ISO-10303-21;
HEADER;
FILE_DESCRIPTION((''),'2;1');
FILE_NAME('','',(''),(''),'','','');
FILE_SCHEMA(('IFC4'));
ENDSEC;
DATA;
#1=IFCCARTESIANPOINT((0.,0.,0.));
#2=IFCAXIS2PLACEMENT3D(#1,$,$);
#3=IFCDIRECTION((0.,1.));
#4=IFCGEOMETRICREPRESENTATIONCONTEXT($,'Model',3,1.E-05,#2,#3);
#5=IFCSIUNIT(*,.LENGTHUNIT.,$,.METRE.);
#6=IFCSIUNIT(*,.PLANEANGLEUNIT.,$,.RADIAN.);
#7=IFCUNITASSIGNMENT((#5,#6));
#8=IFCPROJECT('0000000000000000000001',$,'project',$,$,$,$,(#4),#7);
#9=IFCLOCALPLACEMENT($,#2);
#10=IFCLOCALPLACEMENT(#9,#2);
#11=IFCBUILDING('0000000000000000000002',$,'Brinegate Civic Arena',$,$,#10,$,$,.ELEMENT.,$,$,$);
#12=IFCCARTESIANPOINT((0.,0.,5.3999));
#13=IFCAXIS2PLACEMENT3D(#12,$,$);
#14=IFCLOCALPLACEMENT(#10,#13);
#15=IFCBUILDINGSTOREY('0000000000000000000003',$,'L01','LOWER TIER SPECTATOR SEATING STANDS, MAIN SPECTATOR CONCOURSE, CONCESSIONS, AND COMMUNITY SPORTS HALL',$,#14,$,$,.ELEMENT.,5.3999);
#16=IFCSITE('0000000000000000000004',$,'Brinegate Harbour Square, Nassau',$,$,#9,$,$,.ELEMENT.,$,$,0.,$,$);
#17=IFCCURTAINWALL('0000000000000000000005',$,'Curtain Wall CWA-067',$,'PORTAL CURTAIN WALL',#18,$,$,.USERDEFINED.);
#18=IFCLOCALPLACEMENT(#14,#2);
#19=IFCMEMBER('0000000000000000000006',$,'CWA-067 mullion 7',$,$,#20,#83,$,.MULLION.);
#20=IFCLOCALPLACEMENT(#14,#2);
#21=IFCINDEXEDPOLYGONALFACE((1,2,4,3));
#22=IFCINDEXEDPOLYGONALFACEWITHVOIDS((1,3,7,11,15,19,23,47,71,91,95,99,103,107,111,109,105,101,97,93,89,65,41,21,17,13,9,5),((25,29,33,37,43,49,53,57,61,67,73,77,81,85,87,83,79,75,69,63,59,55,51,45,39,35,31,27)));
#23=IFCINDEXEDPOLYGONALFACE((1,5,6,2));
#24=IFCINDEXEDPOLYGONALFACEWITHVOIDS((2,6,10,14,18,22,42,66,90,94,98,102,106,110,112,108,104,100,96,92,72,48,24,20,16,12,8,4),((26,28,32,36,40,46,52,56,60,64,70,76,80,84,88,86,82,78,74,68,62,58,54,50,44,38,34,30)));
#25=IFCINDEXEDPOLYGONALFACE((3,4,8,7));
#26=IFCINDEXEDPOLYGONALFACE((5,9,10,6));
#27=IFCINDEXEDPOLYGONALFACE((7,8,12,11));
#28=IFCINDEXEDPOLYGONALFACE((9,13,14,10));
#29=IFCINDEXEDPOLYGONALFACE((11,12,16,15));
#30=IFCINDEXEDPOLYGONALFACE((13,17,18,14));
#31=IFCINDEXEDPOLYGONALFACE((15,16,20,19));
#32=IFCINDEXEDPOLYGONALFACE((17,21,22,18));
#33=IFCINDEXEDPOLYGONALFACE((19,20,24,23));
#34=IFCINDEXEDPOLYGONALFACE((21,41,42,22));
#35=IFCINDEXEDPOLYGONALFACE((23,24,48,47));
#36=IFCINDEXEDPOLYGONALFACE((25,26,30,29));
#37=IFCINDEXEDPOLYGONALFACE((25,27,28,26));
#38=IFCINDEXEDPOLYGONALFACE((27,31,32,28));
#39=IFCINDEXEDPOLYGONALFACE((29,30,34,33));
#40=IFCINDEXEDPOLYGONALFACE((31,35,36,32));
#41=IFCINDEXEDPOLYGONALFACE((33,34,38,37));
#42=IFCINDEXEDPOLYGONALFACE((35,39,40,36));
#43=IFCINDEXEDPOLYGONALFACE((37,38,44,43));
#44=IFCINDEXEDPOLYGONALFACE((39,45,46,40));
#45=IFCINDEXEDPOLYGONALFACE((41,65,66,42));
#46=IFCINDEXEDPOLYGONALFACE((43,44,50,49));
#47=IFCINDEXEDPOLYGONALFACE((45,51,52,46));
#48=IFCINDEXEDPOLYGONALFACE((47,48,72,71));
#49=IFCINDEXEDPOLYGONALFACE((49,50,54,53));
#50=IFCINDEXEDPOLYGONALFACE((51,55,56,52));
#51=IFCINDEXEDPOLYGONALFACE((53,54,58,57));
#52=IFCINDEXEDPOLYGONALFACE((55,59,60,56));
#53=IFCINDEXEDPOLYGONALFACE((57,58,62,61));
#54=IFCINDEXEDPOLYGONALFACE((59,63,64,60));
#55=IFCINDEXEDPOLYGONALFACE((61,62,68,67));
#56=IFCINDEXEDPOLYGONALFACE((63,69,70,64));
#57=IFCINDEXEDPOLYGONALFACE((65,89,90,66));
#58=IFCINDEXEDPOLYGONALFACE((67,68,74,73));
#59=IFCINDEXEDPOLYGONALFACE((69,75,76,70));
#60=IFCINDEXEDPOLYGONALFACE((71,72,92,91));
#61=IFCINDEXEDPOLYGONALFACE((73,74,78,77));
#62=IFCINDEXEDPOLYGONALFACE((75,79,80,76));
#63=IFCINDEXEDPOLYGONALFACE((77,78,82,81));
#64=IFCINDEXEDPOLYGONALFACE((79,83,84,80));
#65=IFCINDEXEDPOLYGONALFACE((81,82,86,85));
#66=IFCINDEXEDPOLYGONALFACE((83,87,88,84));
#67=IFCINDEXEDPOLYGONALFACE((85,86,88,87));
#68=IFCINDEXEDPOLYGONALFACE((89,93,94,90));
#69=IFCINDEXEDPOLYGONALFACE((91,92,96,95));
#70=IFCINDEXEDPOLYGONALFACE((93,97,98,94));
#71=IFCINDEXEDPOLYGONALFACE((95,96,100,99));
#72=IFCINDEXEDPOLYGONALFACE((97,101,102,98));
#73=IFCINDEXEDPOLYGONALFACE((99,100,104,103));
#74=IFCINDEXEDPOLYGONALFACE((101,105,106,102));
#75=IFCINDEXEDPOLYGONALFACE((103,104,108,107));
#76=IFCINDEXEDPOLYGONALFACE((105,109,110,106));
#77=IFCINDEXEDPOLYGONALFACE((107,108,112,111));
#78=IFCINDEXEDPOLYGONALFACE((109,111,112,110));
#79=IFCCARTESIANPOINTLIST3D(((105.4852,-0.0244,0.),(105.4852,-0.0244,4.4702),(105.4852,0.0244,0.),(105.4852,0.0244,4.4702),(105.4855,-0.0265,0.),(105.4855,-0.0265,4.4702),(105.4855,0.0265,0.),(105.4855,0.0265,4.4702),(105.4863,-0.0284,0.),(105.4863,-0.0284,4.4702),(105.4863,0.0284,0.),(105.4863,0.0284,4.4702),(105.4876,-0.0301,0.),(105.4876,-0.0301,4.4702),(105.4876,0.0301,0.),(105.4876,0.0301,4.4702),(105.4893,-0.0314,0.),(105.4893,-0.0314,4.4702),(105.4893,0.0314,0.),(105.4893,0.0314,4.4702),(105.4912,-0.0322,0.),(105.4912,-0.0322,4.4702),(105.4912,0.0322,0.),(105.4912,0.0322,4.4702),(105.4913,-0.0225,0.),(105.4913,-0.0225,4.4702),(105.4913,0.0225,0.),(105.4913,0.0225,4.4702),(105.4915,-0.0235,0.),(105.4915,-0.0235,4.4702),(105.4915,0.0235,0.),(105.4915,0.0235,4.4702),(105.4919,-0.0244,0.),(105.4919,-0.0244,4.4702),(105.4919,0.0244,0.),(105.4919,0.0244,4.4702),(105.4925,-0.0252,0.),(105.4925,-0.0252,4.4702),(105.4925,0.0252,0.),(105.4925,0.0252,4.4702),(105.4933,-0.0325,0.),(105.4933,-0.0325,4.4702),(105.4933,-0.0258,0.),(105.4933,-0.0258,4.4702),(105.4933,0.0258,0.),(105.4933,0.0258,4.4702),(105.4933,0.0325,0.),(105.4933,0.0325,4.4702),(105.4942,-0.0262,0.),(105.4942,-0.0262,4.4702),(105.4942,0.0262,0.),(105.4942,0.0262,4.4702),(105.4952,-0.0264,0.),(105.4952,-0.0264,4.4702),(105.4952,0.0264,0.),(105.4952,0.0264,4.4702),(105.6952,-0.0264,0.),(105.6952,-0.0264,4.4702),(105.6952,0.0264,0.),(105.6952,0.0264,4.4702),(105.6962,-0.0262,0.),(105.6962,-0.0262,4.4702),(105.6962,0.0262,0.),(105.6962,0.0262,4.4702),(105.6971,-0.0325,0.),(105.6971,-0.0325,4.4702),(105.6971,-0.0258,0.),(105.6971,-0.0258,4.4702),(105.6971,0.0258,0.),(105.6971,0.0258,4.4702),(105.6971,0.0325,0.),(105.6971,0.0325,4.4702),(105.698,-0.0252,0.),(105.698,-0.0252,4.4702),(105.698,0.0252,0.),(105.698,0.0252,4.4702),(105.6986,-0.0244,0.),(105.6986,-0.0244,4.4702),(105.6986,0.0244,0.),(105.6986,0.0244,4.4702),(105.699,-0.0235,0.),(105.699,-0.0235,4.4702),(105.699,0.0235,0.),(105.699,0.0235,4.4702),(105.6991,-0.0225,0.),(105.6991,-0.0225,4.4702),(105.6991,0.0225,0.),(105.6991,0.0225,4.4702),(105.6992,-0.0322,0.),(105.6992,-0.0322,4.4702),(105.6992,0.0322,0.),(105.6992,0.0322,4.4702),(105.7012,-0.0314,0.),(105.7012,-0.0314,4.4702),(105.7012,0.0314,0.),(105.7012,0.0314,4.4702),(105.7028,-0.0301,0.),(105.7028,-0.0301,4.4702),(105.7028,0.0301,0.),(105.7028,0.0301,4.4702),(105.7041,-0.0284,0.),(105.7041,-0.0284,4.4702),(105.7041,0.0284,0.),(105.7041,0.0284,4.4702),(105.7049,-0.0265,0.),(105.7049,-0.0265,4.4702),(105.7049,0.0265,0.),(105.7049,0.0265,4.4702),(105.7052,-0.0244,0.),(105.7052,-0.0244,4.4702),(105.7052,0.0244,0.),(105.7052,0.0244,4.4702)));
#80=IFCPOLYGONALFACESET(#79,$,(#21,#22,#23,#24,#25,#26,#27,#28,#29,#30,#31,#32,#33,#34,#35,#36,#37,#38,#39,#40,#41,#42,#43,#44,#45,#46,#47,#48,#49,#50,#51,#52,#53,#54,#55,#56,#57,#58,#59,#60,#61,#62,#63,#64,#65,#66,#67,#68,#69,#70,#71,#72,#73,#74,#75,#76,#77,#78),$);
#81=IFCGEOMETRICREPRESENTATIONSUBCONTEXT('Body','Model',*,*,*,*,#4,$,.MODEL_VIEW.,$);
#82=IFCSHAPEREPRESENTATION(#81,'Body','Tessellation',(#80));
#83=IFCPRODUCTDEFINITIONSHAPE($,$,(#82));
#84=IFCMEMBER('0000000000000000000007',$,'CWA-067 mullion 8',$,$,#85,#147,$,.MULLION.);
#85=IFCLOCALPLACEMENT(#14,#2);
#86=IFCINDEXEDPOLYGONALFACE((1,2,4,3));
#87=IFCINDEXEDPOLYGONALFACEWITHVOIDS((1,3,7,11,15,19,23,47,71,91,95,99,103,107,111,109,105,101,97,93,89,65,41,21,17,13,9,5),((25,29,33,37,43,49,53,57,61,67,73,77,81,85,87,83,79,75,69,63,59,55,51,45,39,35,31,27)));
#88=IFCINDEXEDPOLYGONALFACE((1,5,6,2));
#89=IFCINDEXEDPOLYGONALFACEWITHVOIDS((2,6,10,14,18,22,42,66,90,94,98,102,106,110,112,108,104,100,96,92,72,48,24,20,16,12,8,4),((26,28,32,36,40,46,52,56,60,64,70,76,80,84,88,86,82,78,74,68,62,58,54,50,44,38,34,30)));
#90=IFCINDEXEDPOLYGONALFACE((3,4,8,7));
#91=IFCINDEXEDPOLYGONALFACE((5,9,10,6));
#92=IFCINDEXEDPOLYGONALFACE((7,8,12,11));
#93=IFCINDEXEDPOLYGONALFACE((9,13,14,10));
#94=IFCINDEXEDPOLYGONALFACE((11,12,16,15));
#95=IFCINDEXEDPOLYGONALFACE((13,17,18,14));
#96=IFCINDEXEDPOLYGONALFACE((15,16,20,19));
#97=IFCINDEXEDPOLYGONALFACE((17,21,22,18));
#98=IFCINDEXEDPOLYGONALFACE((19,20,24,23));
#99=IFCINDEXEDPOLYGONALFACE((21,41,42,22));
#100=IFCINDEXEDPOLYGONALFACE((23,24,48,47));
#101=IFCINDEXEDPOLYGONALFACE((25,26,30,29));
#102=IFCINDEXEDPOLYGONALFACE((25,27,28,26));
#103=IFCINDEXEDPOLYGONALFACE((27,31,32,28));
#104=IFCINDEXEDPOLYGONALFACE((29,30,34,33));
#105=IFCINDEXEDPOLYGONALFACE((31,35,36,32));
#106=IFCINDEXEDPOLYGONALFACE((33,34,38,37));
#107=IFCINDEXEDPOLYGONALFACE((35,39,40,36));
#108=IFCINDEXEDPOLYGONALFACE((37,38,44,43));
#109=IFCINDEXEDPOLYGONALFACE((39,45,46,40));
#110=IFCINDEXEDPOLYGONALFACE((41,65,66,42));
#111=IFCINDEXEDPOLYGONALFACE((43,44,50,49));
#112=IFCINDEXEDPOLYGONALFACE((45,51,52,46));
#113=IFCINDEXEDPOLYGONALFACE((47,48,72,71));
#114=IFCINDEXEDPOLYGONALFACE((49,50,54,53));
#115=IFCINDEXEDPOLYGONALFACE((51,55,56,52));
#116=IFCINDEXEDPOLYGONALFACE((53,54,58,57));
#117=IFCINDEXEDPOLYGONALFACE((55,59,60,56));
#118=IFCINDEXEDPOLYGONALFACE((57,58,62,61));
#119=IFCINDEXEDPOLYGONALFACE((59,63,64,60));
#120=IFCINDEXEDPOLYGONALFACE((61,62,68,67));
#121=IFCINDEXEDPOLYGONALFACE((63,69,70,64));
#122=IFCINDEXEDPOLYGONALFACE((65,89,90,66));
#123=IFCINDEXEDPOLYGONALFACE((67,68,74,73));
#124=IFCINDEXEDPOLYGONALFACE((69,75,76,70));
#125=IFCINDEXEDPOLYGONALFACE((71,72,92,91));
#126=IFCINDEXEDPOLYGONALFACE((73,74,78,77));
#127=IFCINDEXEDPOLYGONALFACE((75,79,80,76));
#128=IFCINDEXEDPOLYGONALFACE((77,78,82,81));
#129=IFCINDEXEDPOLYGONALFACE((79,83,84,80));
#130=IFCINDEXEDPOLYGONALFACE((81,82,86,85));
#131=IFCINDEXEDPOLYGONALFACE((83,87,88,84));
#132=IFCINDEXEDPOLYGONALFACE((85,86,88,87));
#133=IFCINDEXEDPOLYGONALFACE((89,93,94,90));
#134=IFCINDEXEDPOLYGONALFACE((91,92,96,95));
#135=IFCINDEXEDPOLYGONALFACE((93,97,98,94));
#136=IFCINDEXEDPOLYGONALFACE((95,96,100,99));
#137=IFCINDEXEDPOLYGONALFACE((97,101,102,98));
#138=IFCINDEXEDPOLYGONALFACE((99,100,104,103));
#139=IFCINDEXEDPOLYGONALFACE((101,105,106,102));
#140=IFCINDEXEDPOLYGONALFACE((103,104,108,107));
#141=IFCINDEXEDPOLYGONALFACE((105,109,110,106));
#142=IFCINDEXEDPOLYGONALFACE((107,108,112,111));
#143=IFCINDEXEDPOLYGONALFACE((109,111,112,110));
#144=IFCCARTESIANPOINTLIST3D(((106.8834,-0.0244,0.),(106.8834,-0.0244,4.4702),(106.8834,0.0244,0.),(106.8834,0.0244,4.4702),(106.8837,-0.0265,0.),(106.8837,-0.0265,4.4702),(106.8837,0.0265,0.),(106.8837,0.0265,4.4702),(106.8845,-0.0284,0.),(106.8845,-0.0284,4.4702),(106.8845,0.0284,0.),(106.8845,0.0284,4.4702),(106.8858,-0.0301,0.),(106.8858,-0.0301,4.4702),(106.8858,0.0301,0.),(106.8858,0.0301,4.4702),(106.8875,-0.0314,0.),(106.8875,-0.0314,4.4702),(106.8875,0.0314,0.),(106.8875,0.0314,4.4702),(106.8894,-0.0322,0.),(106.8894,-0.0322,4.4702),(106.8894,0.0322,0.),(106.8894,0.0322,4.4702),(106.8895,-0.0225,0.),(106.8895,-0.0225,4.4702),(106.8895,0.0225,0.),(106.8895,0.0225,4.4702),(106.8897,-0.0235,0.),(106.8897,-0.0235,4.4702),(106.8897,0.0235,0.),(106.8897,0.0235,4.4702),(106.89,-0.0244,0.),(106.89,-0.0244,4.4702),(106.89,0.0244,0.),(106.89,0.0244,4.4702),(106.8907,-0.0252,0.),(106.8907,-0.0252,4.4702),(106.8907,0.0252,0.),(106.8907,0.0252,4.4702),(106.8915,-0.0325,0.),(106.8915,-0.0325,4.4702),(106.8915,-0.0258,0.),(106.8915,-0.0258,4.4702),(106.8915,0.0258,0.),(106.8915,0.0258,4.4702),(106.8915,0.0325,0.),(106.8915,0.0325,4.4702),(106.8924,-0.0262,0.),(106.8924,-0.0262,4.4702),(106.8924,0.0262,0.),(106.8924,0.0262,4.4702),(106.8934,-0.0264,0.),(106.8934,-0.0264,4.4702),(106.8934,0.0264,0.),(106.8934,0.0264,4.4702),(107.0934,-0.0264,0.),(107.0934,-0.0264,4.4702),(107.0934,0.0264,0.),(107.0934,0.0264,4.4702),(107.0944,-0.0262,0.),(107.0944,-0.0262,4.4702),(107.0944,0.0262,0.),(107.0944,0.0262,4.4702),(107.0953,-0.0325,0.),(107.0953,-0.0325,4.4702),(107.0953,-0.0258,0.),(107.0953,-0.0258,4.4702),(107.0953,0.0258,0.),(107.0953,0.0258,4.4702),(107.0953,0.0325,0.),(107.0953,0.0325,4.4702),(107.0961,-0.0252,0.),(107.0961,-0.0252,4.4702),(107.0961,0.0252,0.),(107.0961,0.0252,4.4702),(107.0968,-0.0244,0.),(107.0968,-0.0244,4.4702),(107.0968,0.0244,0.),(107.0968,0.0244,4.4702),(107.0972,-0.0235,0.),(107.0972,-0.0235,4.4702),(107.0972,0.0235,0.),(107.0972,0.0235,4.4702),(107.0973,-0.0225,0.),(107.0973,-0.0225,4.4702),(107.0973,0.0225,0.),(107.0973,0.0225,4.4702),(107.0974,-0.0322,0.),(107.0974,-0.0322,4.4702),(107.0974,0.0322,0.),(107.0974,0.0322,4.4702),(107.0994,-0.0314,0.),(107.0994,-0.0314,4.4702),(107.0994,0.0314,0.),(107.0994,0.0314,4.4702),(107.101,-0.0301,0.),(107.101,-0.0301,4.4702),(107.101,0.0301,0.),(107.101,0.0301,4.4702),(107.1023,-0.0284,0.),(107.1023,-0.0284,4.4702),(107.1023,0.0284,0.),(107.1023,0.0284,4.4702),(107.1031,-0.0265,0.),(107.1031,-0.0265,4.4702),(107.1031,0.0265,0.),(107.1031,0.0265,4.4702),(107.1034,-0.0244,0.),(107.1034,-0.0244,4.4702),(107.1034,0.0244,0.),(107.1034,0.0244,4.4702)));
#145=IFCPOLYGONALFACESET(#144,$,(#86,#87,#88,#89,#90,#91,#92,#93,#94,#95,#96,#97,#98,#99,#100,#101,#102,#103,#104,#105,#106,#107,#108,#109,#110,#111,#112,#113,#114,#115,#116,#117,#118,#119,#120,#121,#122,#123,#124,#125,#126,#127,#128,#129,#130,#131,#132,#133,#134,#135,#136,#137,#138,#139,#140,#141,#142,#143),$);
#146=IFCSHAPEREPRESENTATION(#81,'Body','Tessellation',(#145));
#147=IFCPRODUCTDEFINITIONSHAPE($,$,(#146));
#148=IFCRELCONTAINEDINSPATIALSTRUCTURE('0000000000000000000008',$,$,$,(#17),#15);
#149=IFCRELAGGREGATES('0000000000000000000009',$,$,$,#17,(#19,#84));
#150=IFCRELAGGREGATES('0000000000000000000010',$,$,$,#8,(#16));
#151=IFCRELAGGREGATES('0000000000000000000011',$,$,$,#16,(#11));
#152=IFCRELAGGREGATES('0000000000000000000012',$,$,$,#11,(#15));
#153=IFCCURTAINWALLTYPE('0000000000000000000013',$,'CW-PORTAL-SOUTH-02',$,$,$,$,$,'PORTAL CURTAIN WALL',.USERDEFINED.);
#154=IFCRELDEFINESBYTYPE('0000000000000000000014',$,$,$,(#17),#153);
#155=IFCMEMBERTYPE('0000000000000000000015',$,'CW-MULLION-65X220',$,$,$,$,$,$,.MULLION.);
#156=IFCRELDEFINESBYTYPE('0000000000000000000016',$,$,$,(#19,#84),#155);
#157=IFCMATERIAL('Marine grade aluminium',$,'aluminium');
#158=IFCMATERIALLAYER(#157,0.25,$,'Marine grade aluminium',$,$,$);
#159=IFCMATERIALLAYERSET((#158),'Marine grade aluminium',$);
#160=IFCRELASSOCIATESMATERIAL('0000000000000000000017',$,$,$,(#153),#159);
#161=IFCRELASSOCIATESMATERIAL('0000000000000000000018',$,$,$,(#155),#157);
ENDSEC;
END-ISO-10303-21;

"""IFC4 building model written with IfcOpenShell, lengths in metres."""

from ifc_helpers import new_model, si_unit, direction, frame, origin, origin_2d, place, context, subcontext, project, spatial, hollow_rectangle, extrude, material, layer, layer_set, material_profile, profile_set, type_object, element, aggregate, save


model = new_model("IFC4")

# Units and contexts
model_context = context("Model", 3, precision=1e-05, world=origin(), true_north=direction((0.0, 1.0)))
body_context = subcontext(model_context, "Body", "Model", "MODEL_VIEW")
ifc_project = project(units=[si_unit("LENGTHUNIT", "METRE"), si_unit("PLANEANGLEUNIT", "RADIAN")], contexts=[model_context])

# Site, building, storey
site_placement = place(None, origin())
site = spatial("IfcSite", under=ifc_project, at=site_placement, Name="Brinegate Harbour Square, Nassau", CompositionType="ELEMENT", RefElevation=0.0)
building_placement = place(site_placement, origin())
building = spatial("IfcBuilding", under=site, at=building_placement, Name="Brinegate Civic Arena", CompositionType="ELEMENT")
storey_placement = place(building_placement, frame((0.0, 0.0, 5.3999)))
storey = spatial("IfcBuildingStorey", under=building, at=storey_placement, Name="L01", Description="LOWER TIER SPECTATOR SEATING STANDS, MAIN SPECTATOR CONCOURSE, CONCESSIONS, AND COMMUNITY SPORTS HALL", CompositionType="ELEMENT", Elevation=5.3999)

# Curtain wall, members
ifc_material_1 = material(Name="Marine grade aluminium", Category="aluminium")
ifc_layer_1 = layer(ifc_material_1, 0.25, Name="Marine grade aluminium")
ifc_layer_set_1 = layer_set([ifc_layer_1], Name="Marine grade aluminium")
curtain_wall_type = type_object("IfcCurtainWallType", Name="CW-PORTAL-SOUTH-02", ElementType="PORTAL CURTAIN WALL", PredefinedType="USERDEFINED", material=ifc_layer_set_1)
curtain_wall_placement = place(storey_placement, origin())
curtain_wall = element("IfcCurtainWall", 1, at=curtain_wall_placement, inside=storey, type_object=curtain_wall_type, Name="Curtain Wall CWA-067", ObjectType="PORTAL CURTAIN WALL", PredefinedType="USERDEFINED")
ifc_material_profile_1 = material_profile(ifc_material_1, hollow_rectangle(XDim=0.0649, YDim=0.22, WallThickness=0.0061, InnerFilletRadius=0.0039, OuterFilletRadius=0.0081, at=origin_2d()), Name="MUL65X220")
ifc_profile_set_1 = profile_set([ifc_material_profile_1], Name="Marine grade aluminium")
member_type_1 = type_object("IfcMemberType", Name="CW-MULLION-65X220", PredefinedType="MULLION", material=ifc_profile_set_1)
member_1_placement = place(storey_placement, frame((105.5952, 0.0, 0.0), z_axis=(0.0, 0.0, 1.0), x_axis=(0.0, 1.0, 0.0)))
member_1 = element("IfcMember", 2, at=member_1_placement, type_object=member_type_1, Name="CWA-067 mullion 7", PredefinedType="MULLION", context=body_context, shape_type="SweptSolid", body=[
    extrude(hollow_rectangle(XDim=0.0649, YDim=0.22, WallThickness=0.0061, InnerFilletRadius=0.0039, OuterFilletRadius=0.0081, at=origin_2d()), origin(), (0.0, 0.0, 1.0), 4.4702),
])
member_2_placement = place(storey_placement, frame((106.9934, 0.0, 0.0), z_axis=(0.0, 0.0, 1.0), x_axis=(0.0, 1.0, 0.0)))
member_2 = element("IfcMember", 3, at=member_2_placement, type_object=member_type_1, Name="CWA-067 mullion 8", PredefinedType="MULLION", context=body_context, shape_type="SweptSolid", body=[
    extrude(hollow_rectangle(XDim=0.0649, YDim=0.22, WallThickness=0.0061, InnerFilletRadius=0.0039, OuterFilletRadius=0.0081, at=origin_2d()), origin(), (0.0, 0.0, 1.0), 4.4702),
])
aggregate(curtain_wall, [member_1, member_2])

save(model, "model.ifc")
